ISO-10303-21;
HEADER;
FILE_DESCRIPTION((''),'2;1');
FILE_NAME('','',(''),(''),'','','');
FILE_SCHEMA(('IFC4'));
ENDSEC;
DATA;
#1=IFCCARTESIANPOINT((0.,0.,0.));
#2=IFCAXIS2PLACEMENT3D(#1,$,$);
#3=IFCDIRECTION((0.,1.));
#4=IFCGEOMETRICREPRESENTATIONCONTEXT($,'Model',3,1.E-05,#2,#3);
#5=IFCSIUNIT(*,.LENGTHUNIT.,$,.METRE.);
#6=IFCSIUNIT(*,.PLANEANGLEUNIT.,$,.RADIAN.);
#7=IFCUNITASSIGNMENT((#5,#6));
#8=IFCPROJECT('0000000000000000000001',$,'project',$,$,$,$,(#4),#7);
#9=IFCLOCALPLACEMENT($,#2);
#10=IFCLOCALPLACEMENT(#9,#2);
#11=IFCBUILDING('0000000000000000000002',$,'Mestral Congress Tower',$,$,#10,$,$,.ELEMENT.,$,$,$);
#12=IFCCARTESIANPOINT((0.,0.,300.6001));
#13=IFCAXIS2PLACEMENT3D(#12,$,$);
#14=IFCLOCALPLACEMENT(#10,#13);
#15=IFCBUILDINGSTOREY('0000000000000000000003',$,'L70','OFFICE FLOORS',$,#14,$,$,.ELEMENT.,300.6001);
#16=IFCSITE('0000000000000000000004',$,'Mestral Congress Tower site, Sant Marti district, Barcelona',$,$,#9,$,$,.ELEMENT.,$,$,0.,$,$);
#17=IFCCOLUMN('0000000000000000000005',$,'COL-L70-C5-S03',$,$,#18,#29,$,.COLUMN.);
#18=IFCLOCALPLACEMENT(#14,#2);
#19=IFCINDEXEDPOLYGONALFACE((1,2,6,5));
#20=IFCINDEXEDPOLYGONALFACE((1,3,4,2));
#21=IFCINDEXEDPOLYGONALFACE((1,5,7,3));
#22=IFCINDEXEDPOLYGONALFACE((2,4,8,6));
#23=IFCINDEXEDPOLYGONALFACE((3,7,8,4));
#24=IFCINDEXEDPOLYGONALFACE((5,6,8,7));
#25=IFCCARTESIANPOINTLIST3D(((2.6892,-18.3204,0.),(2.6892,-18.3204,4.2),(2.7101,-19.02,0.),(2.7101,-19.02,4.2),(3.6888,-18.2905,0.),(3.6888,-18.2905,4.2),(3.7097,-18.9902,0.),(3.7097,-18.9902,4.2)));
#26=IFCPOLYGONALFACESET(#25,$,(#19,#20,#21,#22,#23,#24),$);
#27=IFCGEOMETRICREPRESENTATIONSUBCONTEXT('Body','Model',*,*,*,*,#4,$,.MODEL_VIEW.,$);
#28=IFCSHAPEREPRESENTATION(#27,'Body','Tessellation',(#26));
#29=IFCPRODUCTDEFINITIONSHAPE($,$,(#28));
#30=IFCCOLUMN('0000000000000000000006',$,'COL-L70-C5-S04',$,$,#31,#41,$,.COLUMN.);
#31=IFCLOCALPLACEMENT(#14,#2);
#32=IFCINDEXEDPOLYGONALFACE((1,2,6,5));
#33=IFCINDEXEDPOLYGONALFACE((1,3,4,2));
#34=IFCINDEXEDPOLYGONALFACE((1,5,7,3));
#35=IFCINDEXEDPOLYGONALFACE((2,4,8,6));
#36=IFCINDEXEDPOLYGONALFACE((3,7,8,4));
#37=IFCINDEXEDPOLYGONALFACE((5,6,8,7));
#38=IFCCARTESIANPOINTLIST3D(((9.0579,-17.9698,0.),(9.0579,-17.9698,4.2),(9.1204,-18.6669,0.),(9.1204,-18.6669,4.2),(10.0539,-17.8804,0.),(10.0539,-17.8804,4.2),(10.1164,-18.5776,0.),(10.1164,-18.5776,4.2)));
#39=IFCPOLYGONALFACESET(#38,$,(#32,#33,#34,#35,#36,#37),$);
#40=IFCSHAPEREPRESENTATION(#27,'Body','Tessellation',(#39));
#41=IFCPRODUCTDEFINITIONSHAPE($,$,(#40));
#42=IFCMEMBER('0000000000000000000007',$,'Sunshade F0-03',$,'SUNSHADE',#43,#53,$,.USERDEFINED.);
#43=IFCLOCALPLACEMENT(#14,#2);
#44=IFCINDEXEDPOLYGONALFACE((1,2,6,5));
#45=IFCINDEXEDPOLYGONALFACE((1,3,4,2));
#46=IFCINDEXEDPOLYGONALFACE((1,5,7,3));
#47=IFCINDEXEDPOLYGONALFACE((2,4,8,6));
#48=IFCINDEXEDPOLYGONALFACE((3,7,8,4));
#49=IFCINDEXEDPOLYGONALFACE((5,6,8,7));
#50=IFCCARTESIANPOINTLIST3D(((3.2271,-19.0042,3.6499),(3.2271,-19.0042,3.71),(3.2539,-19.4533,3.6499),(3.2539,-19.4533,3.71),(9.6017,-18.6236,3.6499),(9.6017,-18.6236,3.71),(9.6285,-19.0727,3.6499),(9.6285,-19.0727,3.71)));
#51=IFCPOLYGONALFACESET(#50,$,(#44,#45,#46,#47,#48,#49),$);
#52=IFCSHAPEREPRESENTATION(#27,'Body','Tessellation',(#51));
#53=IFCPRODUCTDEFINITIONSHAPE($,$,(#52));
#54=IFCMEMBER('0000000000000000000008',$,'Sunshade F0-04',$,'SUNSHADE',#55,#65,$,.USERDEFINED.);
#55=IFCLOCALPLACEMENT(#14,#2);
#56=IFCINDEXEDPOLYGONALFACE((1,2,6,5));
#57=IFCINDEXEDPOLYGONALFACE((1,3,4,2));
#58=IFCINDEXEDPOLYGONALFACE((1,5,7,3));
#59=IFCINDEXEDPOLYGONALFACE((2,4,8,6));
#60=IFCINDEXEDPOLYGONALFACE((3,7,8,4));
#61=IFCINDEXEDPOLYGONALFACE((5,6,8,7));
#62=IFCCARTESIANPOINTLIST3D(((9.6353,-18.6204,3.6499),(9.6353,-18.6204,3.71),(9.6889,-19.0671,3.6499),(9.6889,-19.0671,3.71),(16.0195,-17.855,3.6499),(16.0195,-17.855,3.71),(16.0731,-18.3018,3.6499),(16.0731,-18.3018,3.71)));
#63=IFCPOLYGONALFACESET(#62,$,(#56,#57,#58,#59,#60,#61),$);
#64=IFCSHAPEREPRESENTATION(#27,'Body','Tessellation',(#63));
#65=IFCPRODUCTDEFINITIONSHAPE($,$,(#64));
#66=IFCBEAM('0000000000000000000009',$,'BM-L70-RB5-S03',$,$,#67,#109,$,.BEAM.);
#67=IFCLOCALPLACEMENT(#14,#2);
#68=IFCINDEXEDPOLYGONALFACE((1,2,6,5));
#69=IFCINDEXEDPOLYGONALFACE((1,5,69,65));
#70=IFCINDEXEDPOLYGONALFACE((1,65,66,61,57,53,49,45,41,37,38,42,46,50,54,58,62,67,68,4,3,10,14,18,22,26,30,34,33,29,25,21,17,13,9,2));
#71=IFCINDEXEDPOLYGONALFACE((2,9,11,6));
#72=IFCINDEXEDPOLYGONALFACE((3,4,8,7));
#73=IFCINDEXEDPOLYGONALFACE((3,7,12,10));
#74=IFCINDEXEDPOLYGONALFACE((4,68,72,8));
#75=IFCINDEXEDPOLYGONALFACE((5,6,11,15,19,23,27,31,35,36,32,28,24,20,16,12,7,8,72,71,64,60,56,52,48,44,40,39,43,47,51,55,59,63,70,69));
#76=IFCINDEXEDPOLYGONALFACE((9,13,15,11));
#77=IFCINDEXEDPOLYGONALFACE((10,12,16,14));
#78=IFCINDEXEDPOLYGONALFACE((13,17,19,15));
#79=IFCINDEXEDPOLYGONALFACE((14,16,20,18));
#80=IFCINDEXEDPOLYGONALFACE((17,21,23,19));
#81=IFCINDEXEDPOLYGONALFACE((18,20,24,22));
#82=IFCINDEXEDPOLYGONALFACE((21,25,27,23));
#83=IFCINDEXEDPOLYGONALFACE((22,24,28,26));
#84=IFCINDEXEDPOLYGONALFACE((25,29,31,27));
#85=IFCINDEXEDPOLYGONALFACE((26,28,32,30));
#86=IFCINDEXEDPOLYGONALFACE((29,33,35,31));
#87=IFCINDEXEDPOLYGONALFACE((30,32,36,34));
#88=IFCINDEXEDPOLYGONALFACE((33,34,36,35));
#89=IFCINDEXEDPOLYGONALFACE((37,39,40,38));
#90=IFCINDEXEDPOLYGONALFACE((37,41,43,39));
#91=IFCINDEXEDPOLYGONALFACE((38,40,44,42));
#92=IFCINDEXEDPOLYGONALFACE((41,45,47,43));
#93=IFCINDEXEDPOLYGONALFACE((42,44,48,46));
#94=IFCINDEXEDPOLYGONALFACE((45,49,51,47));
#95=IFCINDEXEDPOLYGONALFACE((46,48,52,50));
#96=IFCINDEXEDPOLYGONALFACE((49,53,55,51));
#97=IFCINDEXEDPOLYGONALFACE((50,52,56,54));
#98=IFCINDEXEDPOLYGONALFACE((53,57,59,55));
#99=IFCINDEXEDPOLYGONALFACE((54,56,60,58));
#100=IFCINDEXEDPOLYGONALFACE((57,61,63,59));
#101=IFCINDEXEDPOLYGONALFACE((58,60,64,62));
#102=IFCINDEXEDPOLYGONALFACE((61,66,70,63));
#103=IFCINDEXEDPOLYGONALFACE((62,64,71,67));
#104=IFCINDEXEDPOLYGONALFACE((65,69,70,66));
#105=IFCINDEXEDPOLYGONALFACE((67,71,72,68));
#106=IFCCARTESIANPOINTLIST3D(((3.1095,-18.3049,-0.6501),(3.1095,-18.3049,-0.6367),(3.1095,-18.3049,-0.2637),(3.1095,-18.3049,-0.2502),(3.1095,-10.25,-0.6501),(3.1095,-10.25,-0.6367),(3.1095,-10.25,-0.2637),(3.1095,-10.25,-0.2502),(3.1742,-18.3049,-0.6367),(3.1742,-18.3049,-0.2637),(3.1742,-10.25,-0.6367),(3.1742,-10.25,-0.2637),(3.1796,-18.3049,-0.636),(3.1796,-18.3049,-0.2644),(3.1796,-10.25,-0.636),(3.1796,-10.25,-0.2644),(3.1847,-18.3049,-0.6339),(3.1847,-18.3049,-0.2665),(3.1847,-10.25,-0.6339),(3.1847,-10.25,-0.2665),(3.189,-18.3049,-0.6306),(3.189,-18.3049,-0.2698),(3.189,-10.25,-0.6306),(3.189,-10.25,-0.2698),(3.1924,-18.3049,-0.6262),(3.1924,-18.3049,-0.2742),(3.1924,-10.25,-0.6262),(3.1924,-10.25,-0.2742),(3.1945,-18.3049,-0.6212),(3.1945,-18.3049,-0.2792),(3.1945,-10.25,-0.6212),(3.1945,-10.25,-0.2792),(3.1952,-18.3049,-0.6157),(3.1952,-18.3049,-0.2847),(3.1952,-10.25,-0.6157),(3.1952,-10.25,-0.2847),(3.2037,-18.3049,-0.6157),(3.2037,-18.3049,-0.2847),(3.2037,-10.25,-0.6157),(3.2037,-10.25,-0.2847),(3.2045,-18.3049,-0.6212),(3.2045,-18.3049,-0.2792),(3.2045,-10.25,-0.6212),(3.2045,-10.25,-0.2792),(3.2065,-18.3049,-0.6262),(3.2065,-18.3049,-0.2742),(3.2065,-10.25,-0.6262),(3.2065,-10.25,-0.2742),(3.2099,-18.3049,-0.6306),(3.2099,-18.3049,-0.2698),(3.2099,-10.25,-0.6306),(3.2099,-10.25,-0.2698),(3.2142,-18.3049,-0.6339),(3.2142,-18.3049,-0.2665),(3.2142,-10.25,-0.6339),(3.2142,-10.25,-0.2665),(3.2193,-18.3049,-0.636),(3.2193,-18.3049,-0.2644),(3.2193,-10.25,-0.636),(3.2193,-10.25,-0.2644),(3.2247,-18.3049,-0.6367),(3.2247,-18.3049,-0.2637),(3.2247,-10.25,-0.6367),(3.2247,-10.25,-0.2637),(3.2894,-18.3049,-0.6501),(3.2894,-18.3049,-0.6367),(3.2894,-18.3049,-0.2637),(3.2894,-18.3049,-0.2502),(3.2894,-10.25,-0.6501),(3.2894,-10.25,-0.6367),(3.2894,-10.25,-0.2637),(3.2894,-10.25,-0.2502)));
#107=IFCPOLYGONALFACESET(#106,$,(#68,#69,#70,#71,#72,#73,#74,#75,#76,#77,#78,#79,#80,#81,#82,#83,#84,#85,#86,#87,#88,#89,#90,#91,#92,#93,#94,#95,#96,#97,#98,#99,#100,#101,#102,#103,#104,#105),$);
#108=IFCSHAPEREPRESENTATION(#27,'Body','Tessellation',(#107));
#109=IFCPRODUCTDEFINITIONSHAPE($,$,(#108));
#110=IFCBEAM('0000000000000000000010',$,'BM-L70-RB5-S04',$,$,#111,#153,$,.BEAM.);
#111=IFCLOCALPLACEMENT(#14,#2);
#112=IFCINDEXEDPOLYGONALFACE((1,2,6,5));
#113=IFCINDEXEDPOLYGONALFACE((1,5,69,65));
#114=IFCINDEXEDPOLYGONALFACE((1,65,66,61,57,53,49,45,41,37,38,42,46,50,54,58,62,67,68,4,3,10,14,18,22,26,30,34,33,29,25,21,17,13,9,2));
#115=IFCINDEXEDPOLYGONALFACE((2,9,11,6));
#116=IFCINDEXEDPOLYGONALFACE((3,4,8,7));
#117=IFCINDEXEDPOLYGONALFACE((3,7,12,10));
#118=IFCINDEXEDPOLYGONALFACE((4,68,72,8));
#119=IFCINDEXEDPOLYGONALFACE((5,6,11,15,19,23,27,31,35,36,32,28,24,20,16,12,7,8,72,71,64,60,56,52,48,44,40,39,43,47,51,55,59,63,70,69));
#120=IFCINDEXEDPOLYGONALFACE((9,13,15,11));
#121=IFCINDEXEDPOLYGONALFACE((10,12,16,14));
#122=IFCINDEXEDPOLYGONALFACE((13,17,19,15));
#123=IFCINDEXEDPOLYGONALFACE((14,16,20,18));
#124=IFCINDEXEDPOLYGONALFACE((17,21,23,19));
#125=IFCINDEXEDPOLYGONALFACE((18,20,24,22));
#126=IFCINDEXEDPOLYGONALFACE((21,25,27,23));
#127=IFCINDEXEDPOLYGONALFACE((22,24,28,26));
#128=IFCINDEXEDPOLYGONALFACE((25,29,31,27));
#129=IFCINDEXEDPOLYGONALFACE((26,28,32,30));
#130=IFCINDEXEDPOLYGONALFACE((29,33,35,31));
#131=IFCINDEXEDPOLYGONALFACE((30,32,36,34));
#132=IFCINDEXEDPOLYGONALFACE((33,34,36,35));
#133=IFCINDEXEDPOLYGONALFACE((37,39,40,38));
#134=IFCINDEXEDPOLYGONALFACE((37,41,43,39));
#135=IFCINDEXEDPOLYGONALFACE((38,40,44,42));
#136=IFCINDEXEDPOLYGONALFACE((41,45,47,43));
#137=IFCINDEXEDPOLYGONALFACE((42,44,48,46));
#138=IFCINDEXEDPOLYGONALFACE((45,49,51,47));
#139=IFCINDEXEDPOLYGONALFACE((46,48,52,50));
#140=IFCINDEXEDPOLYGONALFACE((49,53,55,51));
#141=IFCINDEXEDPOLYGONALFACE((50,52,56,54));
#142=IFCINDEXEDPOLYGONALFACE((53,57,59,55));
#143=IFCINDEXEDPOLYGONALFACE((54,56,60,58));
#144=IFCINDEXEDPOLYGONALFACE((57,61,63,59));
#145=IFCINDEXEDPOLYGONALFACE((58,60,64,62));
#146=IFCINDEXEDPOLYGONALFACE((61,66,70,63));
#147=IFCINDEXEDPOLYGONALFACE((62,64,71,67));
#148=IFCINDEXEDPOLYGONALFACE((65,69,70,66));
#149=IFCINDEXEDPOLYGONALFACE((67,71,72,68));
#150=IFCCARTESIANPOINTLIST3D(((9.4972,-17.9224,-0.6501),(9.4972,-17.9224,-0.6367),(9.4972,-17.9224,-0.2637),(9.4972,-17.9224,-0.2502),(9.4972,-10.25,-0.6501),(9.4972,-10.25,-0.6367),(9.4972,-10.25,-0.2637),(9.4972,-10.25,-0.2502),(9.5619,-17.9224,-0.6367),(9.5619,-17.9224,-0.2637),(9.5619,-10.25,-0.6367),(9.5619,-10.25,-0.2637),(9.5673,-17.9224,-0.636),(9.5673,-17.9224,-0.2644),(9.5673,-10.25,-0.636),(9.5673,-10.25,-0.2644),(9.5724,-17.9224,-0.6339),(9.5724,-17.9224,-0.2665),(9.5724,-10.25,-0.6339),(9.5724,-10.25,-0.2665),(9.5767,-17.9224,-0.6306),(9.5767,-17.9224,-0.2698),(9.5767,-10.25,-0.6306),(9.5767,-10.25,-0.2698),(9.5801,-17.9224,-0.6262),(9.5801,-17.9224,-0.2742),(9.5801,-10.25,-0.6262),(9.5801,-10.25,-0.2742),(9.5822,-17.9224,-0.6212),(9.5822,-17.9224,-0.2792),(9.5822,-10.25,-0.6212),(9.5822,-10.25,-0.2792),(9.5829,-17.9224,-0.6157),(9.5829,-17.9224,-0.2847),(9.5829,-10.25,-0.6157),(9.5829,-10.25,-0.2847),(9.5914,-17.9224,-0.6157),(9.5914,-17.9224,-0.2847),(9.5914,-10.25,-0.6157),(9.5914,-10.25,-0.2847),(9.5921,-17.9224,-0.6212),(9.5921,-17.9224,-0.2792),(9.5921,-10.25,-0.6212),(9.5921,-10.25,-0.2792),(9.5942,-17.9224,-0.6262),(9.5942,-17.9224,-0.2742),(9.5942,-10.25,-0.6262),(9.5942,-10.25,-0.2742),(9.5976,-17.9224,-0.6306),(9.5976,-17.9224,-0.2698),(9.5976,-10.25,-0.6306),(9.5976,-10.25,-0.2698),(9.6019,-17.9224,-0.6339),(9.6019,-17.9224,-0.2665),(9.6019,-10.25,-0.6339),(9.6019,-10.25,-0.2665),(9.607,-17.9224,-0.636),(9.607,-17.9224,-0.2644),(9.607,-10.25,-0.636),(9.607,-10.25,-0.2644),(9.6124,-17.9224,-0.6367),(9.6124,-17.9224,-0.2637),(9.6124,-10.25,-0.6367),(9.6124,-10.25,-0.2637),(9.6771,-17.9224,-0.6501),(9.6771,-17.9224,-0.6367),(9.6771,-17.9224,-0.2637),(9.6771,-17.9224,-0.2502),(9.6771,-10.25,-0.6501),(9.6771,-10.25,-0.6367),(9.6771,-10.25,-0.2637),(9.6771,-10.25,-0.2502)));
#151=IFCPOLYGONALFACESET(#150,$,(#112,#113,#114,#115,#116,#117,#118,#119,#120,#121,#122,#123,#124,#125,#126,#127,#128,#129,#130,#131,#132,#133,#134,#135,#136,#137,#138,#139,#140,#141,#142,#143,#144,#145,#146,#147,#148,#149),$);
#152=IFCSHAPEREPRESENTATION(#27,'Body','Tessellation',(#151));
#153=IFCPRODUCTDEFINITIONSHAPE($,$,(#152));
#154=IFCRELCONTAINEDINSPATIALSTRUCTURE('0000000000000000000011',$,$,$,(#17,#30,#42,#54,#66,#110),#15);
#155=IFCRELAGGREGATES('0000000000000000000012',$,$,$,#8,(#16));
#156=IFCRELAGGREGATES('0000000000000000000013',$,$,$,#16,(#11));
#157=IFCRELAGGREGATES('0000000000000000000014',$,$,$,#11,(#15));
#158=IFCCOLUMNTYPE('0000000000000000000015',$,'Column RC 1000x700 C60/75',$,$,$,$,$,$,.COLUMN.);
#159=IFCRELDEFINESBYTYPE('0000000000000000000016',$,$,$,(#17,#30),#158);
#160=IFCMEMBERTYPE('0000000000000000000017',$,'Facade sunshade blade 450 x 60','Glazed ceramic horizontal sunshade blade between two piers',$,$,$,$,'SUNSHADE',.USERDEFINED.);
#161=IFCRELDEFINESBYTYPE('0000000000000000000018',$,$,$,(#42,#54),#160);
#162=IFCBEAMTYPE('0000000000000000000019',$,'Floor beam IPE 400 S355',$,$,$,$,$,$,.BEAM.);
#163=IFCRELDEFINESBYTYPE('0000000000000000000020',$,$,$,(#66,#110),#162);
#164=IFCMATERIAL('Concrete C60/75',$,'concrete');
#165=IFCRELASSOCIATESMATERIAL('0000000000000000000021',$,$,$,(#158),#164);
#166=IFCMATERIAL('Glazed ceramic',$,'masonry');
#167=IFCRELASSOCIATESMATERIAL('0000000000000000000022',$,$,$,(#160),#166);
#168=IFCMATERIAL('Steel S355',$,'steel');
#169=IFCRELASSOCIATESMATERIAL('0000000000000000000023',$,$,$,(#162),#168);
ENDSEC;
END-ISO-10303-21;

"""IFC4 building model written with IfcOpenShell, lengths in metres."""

from ifc_helpers import new_model, si_unit, direction, frame, origin, origin_2d, place, context, subcontext, project, spatial, rectangle, i_section, extrude, material, material_profile, profile_set, type_object, element, save


model = new_model("IFC4")

# Units and contexts
model_context = context("Model", 3, precision=1e-05, world=origin(), true_north=direction((0.0, 1.0)))
body_context = subcontext(model_context, "Body", "Model", "MODEL_VIEW")
ifc_project = project(units=[si_unit("LENGTHUNIT", "METRE"), si_unit("PLANEANGLEUNIT", "RADIAN")], contexts=[model_context])

# Site, building, storey
site_placement = place(None, origin())
site = spatial("IfcSite", under=ifc_project, at=site_placement, Name="Mestral Congress Tower site, Sant Marti district, Barcelona", CompositionType="ELEMENT", RefElevation=0.0)
building_placement = place(site_placement, origin())
building = spatial("IfcBuilding", under=site, at=building_placement, Name="Mestral Congress Tower", CompositionType="ELEMENT")
storey_placement = place(building_placement, frame((0.0, 0.0, 300.6001)))
storey = spatial("IfcBuildingStorey", under=building, at=storey_placement, Name="L70", Description="OFFICE FLOORS", CompositionType="ELEMENT", Elevation=300.6001)

# Columns
ifc_material_1 = material(Name="Concrete C60/75", Category="concrete")
ifc_material_profile_1 = material_profile(ifc_material_1, rectangle(XDim=1.0, YDim=0.7, at=origin_2d()), Name="RC 1000x700")
ifc_profile_set_1 = profile_set([ifc_material_profile_1], Name="Concrete C60/75")
column_type = type_object("IfcColumnType", Name="Column RC 1000x700 C60/75", PredefinedType="COLUMN", material=ifc_profile_set_1)
for number, where, z_axis, x_axis, name in (
    (1, (3.1995, -18.6553, 0.0), (0.0, 0.0, 1.0), (0.999555, 0.029828, 0.0), "COL-L70-C5-S03"),
    (2, (9.5872, -18.2737, 0.0), (0.0, 0.0, 1.0), (0.995998, 0.089378, 0.0), "COL-L70-C5-S04"),
):
    element("IfcColumn", number, at=place(storey_placement, frame(where, z_axis=z_axis, x_axis=x_axis)), inside=storey, type_object=column_type, Name=name, PredefinedType="COLUMN", context=body_context, shape_type="SweptSolid", body=[
        extrude(rectangle(XDim=1.0, YDim=0.7, at=origin_2d()), origin(), (0.0, 0.0, 1.0), 4.2),
    ])

# Members
ifc_material_2 = material(Name="Glazed ceramic", Category="masonry")
ifc_material_profile_2 = material_profile(ifc_material_2, rectangle(XDim=0.45, YDim=0.0601, at=origin_2d()), Name="Ceramic blade 450 x 60")
ifc_profile_set_2 = profile_set([ifc_material_profile_2], Name="Glazed ceramic")
member_type = type_object("IfcMemberType", Name="Facade sunshade blade 450 x 60", Description="Glazed ceramic horizontal sunshade blade between two piers", ElementType="SUNSHADE", PredefinedType="USERDEFINED", material=ifc_profile_set_2)
member_1_placement = place(storey_placement, frame((3.2405, -19.2288, 3.6799), z_axis=(0.998222, 0.059603, 0.0), x_axis=(-0.059603, 0.998222, 0.0)))
element("IfcMember", 3, at=member_1_placement, inside=storey, type_object=member_type, Name="Sunshade F0-03", ObjectType="SUNSHADE", PredefinedType="USERDEFINED", context=body_context, shape_type="SweptSolid", body=[
    extrude(rectangle(XDim=0.45, YDim=0.0601, at=origin_2d()), origin(), (0.0, 0.0, 1.0), 6.386),
])
member_2_placement = place(storey_placement, frame((9.6621, -18.8438, 3.6799), z_axis=(0.99289, 0.119033, 0.0), x_axis=(-0.119033, 0.99289, 0.0)))
element("IfcMember", 4, at=member_2_placement, inside=storey, type_object=member_type, Name="Sunshade F0-04", ObjectType="SUNSHADE", PredefinedType="USERDEFINED", context=body_context, shape_type="SweptSolid", body=[
    extrude(rectangle(XDim=0.45, YDim=0.0601, at=origin_2d()), origin(), (0.0, 0.0, 1.0), 6.4299),
])

# Beams
ifc_material_3 = material(Name="Steel S355", Category="steel")
ifc_material_profile_3 = material_profile(ifc_material_3, i_section(OverallWidth=0.1799, OverallDepth=0.3999, WebThickness=0.0085, FlangeThickness=0.0134, FilletRadius=0.021, at=origin_2d()), Name="IPE 400")
ifc_profile_set_3 = profile_set([ifc_material_profile_3], Name="Steel S355")
beam_type_1 = type_object("IfcBeamType", Name="Floor beam IPE 400 S355", PredefinedType="BEAM", material=ifc_profile_set_3)
beam_1_placement = place(storey_placement, frame((3.1995, -18.3049, -0.4502), z_axis=(0.0, 1.0, 0.0), x_axis=(-1.0, 0.0, 0.0)))
element("IfcBeam", 5, at=beam_1_placement, inside=storey, type_object=beam_type_1, Name="BM-L70-RB5-S03", PredefinedType="BEAM", context=body_context, shape_type="SweptSolid", body=[
    extrude(i_section(OverallWidth=0.1799, OverallDepth=0.3999, WebThickness=0.0085, FlangeThickness=0.0134, FilletRadius=0.021, at=origin_2d()), origin(), (0.0, 0.0, 1.0), 8.0549),
])
beam_2_placement = place(storey_placement, frame((9.5872, -17.9224, -0.4502), z_axis=(0.0, 1.0, 0.0), x_axis=(-1.0, 0.0, 0.0)))
element("IfcBeam", 6, at=beam_2_placement, inside=storey, type_object=beam_type_1, Name="BM-L70-RB5-S04", PredefinedType="BEAM", context=body_context, shape_type="SweptSolid", body=[
    extrude(i_section(OverallWidth=0.1799, OverallDepth=0.3999, WebThickness=0.0085, FlangeThickness=0.0134, FilletRadius=0.021, at=origin_2d()), origin(), (0.0, 0.0, 1.0), 7.6724),
])

save(model, "model.ifc")
